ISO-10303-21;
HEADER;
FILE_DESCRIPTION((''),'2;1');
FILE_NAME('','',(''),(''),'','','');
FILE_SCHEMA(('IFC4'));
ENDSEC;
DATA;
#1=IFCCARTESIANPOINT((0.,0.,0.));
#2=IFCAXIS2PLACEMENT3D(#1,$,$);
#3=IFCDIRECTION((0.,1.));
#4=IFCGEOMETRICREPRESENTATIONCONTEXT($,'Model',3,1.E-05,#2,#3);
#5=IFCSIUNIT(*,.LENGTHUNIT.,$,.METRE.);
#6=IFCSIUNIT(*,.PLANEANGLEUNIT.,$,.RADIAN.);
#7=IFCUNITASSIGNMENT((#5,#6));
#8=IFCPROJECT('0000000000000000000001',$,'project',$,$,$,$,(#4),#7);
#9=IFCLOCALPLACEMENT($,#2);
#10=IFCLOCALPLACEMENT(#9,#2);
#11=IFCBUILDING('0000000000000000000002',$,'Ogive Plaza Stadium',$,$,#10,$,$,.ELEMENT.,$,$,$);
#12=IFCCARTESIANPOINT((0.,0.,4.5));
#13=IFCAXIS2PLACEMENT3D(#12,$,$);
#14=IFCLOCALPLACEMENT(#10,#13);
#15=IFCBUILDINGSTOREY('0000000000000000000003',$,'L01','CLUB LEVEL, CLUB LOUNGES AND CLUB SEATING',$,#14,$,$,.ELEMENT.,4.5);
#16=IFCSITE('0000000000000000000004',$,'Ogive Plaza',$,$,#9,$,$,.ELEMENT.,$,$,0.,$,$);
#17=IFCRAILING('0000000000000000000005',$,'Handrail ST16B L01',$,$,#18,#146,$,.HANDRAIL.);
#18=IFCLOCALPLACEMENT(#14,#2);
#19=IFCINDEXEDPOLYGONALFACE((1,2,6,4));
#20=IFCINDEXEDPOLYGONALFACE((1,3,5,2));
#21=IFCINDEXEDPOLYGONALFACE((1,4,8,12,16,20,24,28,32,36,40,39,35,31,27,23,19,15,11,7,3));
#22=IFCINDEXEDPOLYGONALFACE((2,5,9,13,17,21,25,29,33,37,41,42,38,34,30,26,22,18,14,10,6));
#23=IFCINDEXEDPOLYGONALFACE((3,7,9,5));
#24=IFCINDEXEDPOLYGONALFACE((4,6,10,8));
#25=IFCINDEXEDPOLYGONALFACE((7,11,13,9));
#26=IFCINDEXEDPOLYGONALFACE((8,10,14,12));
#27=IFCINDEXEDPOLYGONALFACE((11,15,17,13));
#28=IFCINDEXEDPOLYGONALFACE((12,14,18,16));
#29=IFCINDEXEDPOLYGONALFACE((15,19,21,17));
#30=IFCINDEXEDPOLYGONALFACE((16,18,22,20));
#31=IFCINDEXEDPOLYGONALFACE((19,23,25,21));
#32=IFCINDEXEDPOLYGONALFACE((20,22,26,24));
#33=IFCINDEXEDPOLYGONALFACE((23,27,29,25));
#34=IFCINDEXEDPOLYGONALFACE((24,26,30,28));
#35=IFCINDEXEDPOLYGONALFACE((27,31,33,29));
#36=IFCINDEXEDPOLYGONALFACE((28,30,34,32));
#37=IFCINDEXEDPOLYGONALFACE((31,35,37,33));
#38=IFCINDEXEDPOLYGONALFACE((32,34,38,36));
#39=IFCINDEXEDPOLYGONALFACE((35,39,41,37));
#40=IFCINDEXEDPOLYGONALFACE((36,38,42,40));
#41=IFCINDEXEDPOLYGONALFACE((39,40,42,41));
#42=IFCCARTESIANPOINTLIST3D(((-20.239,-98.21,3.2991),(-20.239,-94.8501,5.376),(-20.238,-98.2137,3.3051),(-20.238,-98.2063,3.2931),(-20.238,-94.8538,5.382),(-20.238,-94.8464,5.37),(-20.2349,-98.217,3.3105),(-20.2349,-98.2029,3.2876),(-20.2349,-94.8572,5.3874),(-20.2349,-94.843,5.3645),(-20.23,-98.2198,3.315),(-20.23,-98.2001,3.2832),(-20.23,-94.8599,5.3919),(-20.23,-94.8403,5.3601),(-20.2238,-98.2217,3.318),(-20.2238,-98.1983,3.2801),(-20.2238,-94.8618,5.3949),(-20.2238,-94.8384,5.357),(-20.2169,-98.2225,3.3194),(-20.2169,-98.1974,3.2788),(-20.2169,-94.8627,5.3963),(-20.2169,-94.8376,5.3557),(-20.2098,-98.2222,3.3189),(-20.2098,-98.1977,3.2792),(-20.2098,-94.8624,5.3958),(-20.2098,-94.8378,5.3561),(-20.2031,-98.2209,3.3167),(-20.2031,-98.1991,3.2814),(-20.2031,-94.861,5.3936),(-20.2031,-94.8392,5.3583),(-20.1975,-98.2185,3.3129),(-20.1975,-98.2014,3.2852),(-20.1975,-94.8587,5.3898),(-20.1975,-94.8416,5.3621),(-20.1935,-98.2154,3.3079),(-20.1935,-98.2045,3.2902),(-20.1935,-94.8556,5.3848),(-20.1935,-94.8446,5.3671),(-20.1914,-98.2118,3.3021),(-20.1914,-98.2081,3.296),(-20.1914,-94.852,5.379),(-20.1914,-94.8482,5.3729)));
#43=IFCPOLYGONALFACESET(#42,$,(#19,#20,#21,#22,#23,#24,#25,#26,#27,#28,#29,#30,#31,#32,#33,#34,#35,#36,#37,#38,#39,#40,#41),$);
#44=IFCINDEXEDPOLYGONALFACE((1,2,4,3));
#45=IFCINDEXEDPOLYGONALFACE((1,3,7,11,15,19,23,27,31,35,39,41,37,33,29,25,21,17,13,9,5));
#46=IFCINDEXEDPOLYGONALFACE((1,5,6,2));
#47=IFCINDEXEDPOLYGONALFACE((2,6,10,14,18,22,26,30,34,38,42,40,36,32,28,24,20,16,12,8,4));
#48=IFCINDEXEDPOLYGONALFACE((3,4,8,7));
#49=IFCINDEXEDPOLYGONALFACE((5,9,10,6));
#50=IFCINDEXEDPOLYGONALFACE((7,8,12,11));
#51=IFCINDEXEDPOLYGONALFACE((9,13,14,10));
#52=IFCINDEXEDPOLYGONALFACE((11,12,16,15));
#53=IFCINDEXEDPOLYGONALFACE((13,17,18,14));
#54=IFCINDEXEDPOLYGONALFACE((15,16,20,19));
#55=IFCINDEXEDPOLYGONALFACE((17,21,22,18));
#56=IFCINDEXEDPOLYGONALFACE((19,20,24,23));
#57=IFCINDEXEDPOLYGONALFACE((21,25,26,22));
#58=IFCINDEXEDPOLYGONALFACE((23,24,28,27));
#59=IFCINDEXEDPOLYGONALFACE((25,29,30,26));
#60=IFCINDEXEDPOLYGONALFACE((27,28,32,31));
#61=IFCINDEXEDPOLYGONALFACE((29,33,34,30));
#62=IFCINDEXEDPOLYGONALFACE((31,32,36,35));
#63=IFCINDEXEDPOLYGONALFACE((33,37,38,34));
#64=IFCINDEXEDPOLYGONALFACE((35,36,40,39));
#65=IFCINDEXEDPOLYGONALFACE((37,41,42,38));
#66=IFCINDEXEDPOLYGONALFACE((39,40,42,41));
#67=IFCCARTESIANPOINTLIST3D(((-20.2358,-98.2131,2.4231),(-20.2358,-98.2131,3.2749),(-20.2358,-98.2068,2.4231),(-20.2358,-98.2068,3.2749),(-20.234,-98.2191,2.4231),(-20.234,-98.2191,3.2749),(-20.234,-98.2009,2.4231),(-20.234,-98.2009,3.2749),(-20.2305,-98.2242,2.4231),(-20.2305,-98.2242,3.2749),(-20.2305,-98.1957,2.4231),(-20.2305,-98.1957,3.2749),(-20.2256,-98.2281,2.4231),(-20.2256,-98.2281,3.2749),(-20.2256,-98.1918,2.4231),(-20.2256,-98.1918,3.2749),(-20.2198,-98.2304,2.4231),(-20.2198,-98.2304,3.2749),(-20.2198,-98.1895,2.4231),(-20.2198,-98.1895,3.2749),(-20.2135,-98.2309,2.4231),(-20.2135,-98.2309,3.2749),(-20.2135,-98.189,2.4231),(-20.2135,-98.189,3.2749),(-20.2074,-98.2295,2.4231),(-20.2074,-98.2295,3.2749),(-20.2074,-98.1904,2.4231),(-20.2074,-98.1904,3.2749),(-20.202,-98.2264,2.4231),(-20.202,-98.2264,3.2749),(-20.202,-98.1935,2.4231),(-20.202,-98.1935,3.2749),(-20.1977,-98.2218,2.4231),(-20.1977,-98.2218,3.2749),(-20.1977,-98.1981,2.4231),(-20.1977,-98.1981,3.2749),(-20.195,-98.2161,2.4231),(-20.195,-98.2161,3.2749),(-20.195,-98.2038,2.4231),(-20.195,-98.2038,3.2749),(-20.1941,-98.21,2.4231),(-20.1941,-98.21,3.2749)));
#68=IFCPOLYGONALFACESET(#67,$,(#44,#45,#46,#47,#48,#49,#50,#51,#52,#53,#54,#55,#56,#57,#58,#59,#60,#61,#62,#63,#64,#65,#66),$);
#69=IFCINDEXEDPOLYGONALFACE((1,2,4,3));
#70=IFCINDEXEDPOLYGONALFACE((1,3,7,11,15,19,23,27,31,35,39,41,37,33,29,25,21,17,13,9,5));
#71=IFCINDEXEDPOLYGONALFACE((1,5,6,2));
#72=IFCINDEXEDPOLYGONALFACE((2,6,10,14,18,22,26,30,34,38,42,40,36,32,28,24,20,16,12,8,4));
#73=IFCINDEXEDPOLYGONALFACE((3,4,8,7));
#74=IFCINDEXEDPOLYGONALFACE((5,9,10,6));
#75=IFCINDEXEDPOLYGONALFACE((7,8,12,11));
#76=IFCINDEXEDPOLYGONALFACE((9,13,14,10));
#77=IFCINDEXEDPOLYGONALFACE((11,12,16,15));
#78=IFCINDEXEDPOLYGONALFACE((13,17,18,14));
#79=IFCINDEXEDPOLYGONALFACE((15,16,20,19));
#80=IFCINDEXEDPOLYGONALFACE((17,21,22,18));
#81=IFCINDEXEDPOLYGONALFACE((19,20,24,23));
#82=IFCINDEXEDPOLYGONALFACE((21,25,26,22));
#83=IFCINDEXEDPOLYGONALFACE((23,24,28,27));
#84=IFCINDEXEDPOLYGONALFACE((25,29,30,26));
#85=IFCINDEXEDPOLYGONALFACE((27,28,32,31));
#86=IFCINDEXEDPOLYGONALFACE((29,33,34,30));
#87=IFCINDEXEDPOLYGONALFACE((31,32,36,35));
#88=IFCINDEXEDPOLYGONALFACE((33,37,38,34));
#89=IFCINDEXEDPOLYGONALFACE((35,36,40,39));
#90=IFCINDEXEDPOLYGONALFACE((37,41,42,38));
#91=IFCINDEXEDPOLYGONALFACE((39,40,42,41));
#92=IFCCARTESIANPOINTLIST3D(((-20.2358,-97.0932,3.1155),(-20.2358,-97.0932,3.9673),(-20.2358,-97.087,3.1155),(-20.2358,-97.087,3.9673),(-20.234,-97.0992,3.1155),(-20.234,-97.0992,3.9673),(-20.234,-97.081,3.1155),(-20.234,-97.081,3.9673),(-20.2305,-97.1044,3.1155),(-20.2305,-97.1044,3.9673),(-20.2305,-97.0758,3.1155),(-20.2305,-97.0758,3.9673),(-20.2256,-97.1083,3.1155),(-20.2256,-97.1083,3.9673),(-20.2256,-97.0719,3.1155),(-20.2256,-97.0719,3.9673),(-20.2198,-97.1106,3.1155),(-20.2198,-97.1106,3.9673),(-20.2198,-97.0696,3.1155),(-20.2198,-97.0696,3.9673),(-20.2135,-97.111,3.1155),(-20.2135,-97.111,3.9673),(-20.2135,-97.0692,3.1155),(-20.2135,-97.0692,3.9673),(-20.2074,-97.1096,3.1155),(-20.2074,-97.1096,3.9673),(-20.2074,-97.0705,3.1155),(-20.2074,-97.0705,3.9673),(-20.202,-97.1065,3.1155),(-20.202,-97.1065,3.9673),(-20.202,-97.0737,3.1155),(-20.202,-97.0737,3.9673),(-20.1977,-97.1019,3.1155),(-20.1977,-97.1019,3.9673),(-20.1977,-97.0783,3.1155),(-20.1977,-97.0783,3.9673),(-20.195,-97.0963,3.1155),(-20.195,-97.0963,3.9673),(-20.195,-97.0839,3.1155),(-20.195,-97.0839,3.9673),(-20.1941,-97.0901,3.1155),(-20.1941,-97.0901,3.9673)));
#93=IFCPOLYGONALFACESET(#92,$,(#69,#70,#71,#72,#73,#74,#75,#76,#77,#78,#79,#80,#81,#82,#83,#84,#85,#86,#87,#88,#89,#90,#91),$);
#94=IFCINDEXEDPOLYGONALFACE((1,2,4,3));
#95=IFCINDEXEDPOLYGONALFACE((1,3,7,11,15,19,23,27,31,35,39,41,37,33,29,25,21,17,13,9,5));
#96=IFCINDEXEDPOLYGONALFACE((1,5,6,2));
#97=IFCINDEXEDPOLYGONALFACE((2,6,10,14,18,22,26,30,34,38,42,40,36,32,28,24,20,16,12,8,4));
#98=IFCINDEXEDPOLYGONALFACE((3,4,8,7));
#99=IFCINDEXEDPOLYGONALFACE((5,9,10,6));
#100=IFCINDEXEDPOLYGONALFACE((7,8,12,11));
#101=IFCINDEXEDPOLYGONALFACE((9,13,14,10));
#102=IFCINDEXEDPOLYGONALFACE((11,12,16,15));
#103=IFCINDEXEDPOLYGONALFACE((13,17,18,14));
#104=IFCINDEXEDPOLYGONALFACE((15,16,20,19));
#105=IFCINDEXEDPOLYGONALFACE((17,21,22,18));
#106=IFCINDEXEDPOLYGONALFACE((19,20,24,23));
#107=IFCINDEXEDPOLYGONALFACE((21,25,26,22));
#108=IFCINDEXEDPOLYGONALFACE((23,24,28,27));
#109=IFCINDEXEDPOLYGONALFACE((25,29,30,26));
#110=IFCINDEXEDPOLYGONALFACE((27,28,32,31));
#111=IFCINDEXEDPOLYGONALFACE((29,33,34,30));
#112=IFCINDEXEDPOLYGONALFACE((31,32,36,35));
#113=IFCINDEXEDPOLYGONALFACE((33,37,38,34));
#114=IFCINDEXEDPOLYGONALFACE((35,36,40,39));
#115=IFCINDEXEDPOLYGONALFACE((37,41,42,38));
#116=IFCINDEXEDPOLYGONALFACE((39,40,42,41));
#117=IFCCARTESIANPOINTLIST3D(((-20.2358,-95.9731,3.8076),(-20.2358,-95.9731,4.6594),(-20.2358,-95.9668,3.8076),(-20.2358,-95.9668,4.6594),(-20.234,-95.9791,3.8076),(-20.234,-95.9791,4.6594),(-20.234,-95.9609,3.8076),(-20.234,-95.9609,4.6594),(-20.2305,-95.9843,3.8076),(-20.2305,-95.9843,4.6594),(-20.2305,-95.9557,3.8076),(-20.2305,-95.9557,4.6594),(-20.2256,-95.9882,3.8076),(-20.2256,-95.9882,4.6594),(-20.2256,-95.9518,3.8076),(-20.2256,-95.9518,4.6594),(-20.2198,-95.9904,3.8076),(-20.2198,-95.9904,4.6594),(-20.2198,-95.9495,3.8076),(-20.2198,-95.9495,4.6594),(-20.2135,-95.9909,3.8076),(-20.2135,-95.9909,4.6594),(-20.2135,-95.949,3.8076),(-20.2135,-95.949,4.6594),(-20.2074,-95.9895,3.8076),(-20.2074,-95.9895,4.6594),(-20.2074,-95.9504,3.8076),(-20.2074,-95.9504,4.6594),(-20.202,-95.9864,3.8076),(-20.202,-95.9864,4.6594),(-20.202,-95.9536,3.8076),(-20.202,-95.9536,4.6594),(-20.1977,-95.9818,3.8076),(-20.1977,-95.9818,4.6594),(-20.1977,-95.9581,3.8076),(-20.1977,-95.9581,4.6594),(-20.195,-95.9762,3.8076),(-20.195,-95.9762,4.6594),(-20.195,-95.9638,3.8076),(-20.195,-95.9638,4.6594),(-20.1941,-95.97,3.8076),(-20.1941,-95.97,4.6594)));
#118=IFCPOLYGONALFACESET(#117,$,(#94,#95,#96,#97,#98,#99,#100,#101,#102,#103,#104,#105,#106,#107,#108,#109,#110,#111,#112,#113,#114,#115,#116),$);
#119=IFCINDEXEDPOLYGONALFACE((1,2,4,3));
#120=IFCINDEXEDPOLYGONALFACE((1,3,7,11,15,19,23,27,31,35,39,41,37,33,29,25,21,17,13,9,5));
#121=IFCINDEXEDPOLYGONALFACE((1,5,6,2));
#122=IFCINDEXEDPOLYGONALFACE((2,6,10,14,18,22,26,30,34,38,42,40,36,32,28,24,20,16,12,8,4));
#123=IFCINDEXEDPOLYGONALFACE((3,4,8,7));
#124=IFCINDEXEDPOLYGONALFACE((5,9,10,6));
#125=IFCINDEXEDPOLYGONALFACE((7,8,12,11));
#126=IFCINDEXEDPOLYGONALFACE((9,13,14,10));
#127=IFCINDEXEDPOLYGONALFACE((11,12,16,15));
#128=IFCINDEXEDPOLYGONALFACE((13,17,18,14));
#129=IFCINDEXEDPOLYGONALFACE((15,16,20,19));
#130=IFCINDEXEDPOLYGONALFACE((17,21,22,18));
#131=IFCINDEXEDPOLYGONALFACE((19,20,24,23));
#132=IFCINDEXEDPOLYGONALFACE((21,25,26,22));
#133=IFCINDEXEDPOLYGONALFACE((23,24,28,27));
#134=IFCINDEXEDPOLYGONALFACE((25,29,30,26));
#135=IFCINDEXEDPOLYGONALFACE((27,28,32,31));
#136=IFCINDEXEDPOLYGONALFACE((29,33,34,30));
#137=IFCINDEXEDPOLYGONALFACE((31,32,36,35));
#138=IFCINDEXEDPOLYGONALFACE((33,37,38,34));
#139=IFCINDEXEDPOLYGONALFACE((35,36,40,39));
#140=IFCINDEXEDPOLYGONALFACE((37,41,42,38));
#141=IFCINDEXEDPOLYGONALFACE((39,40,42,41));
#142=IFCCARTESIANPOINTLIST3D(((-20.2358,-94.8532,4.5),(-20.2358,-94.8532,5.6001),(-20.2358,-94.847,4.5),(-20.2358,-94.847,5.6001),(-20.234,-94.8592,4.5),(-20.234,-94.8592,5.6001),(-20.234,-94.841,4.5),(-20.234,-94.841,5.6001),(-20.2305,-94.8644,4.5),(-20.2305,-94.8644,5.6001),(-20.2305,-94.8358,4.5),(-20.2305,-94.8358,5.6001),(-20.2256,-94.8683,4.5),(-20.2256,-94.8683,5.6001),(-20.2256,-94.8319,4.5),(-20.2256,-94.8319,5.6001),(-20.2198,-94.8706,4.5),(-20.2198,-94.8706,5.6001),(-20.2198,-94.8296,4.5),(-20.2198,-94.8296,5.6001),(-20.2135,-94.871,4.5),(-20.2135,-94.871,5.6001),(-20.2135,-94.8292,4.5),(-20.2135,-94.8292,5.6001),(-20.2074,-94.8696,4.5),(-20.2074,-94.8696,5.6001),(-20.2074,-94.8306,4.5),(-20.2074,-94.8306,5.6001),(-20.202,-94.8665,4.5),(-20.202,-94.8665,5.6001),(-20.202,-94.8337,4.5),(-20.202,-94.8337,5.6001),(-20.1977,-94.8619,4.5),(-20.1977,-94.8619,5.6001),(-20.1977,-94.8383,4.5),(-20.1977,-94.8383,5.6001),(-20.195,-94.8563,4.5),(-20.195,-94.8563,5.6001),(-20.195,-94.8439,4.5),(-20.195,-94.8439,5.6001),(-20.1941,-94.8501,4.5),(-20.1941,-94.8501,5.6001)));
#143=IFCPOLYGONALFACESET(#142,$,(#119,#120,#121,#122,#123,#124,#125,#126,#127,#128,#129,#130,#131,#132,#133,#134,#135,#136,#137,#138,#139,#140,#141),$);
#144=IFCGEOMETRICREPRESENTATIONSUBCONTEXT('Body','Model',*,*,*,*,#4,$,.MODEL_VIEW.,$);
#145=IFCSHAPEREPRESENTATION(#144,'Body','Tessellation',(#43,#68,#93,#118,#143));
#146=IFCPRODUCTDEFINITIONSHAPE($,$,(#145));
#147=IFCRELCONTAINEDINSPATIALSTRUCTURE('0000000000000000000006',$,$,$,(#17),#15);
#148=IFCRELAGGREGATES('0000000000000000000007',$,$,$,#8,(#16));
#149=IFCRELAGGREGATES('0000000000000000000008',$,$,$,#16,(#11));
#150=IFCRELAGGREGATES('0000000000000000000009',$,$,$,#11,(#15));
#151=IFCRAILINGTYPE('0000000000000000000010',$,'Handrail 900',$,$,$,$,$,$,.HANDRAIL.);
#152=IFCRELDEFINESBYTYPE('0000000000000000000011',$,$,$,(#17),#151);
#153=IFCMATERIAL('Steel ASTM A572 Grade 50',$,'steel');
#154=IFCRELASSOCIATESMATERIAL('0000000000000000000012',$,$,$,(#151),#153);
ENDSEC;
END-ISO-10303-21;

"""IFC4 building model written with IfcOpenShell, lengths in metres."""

from ifc_helpers import new_model, si_unit, direction, frame, origin, origin_2d, place, context, subcontext, project, spatial, circle, extrude, material, type_object, element, save


model = new_model("IFC4")

# Units and contexts
model_context = context("Model", 3, precision=1e-05, world=origin(), true_north=direction((0.0, 1.0)))
body_context = subcontext(model_context, "Body", "Model", "MODEL_VIEW")
ifc_project = project(units=[si_unit("LENGTHUNIT", "METRE"), si_unit("PLANEANGLEUNIT", "RADIAN")], contexts=[model_context])

# Site, building, storey
site_placement = place(None, origin())
site = spatial("IfcSite", under=ifc_project, at=site_placement, Name="Ogive Plaza", CompositionType="ELEMENT", RefElevation=0.0)
building_placement = place(site_placement, origin())
building = spatial("IfcBuilding", under=site, at=building_placement, Name="Ogive Plaza Stadium", CompositionType="ELEMENT")
storey_placement = place(building_placement, frame((0.0, 0.0, 4.5)))
storey = spatial("IfcBuildingStorey", under=building, at=storey_placement, Name="L01", Description="CLUB LEVEL, CLUB LOUNGES AND CLUB SEATING", CompositionType="ELEMENT", Elevation=4.5)

# Railing
ifc_material_1 = material(Name="Steel ASTM A572 Grade 50", Category="steel")
railing_type_1 = type_object("IfcRailingType", Name="Handrail 900", PredefinedType="HANDRAIL", material=ifc_material_1)
for number, where, name in (
    (1, (-20.2151, -98.21, 2.4231), "Handrail ST16B L01"),
):
    element("IfcRailing", number, at=place(storey_placement, frame(where)), inside=storey, type_object=railing_type_1, Name=name, PredefinedType="HANDRAIL", context=body_context, shape_type="SweptSolid", body=[
        extrude(circle(Radius=0.0239, at=origin_2d()), frame((0.0, 0.0, 0.876), z_axis=(0.0, 0.850606, 0.525803), x_axis=(-1.0, 0.0, 0.0)), (0.0, 0.0, 1.0), 3.95),
        extrude(circle(Radius=0.021, at=origin_2d()), origin(), (0.0, 0.0, 1.0), 0.8518),
        extrude(circle(Radius=0.021, at=origin_2d()), frame((0.0, 1.1199, 0.6924)), (0.0, 0.0, 1.0), 0.8518),
        extrude(circle(Radius=0.021, at=origin_2d()), frame((0.0, 2.24, 1.3845)), (0.0, 0.0, 1.0), 0.8518),
        extrude(circle(Radius=0.021, at=origin_2d()), frame((0.0, 3.3599, 2.0769)), (0.0, 0.0, 1.0), 1.1001),
    ])

save(model, "model.ifc")
